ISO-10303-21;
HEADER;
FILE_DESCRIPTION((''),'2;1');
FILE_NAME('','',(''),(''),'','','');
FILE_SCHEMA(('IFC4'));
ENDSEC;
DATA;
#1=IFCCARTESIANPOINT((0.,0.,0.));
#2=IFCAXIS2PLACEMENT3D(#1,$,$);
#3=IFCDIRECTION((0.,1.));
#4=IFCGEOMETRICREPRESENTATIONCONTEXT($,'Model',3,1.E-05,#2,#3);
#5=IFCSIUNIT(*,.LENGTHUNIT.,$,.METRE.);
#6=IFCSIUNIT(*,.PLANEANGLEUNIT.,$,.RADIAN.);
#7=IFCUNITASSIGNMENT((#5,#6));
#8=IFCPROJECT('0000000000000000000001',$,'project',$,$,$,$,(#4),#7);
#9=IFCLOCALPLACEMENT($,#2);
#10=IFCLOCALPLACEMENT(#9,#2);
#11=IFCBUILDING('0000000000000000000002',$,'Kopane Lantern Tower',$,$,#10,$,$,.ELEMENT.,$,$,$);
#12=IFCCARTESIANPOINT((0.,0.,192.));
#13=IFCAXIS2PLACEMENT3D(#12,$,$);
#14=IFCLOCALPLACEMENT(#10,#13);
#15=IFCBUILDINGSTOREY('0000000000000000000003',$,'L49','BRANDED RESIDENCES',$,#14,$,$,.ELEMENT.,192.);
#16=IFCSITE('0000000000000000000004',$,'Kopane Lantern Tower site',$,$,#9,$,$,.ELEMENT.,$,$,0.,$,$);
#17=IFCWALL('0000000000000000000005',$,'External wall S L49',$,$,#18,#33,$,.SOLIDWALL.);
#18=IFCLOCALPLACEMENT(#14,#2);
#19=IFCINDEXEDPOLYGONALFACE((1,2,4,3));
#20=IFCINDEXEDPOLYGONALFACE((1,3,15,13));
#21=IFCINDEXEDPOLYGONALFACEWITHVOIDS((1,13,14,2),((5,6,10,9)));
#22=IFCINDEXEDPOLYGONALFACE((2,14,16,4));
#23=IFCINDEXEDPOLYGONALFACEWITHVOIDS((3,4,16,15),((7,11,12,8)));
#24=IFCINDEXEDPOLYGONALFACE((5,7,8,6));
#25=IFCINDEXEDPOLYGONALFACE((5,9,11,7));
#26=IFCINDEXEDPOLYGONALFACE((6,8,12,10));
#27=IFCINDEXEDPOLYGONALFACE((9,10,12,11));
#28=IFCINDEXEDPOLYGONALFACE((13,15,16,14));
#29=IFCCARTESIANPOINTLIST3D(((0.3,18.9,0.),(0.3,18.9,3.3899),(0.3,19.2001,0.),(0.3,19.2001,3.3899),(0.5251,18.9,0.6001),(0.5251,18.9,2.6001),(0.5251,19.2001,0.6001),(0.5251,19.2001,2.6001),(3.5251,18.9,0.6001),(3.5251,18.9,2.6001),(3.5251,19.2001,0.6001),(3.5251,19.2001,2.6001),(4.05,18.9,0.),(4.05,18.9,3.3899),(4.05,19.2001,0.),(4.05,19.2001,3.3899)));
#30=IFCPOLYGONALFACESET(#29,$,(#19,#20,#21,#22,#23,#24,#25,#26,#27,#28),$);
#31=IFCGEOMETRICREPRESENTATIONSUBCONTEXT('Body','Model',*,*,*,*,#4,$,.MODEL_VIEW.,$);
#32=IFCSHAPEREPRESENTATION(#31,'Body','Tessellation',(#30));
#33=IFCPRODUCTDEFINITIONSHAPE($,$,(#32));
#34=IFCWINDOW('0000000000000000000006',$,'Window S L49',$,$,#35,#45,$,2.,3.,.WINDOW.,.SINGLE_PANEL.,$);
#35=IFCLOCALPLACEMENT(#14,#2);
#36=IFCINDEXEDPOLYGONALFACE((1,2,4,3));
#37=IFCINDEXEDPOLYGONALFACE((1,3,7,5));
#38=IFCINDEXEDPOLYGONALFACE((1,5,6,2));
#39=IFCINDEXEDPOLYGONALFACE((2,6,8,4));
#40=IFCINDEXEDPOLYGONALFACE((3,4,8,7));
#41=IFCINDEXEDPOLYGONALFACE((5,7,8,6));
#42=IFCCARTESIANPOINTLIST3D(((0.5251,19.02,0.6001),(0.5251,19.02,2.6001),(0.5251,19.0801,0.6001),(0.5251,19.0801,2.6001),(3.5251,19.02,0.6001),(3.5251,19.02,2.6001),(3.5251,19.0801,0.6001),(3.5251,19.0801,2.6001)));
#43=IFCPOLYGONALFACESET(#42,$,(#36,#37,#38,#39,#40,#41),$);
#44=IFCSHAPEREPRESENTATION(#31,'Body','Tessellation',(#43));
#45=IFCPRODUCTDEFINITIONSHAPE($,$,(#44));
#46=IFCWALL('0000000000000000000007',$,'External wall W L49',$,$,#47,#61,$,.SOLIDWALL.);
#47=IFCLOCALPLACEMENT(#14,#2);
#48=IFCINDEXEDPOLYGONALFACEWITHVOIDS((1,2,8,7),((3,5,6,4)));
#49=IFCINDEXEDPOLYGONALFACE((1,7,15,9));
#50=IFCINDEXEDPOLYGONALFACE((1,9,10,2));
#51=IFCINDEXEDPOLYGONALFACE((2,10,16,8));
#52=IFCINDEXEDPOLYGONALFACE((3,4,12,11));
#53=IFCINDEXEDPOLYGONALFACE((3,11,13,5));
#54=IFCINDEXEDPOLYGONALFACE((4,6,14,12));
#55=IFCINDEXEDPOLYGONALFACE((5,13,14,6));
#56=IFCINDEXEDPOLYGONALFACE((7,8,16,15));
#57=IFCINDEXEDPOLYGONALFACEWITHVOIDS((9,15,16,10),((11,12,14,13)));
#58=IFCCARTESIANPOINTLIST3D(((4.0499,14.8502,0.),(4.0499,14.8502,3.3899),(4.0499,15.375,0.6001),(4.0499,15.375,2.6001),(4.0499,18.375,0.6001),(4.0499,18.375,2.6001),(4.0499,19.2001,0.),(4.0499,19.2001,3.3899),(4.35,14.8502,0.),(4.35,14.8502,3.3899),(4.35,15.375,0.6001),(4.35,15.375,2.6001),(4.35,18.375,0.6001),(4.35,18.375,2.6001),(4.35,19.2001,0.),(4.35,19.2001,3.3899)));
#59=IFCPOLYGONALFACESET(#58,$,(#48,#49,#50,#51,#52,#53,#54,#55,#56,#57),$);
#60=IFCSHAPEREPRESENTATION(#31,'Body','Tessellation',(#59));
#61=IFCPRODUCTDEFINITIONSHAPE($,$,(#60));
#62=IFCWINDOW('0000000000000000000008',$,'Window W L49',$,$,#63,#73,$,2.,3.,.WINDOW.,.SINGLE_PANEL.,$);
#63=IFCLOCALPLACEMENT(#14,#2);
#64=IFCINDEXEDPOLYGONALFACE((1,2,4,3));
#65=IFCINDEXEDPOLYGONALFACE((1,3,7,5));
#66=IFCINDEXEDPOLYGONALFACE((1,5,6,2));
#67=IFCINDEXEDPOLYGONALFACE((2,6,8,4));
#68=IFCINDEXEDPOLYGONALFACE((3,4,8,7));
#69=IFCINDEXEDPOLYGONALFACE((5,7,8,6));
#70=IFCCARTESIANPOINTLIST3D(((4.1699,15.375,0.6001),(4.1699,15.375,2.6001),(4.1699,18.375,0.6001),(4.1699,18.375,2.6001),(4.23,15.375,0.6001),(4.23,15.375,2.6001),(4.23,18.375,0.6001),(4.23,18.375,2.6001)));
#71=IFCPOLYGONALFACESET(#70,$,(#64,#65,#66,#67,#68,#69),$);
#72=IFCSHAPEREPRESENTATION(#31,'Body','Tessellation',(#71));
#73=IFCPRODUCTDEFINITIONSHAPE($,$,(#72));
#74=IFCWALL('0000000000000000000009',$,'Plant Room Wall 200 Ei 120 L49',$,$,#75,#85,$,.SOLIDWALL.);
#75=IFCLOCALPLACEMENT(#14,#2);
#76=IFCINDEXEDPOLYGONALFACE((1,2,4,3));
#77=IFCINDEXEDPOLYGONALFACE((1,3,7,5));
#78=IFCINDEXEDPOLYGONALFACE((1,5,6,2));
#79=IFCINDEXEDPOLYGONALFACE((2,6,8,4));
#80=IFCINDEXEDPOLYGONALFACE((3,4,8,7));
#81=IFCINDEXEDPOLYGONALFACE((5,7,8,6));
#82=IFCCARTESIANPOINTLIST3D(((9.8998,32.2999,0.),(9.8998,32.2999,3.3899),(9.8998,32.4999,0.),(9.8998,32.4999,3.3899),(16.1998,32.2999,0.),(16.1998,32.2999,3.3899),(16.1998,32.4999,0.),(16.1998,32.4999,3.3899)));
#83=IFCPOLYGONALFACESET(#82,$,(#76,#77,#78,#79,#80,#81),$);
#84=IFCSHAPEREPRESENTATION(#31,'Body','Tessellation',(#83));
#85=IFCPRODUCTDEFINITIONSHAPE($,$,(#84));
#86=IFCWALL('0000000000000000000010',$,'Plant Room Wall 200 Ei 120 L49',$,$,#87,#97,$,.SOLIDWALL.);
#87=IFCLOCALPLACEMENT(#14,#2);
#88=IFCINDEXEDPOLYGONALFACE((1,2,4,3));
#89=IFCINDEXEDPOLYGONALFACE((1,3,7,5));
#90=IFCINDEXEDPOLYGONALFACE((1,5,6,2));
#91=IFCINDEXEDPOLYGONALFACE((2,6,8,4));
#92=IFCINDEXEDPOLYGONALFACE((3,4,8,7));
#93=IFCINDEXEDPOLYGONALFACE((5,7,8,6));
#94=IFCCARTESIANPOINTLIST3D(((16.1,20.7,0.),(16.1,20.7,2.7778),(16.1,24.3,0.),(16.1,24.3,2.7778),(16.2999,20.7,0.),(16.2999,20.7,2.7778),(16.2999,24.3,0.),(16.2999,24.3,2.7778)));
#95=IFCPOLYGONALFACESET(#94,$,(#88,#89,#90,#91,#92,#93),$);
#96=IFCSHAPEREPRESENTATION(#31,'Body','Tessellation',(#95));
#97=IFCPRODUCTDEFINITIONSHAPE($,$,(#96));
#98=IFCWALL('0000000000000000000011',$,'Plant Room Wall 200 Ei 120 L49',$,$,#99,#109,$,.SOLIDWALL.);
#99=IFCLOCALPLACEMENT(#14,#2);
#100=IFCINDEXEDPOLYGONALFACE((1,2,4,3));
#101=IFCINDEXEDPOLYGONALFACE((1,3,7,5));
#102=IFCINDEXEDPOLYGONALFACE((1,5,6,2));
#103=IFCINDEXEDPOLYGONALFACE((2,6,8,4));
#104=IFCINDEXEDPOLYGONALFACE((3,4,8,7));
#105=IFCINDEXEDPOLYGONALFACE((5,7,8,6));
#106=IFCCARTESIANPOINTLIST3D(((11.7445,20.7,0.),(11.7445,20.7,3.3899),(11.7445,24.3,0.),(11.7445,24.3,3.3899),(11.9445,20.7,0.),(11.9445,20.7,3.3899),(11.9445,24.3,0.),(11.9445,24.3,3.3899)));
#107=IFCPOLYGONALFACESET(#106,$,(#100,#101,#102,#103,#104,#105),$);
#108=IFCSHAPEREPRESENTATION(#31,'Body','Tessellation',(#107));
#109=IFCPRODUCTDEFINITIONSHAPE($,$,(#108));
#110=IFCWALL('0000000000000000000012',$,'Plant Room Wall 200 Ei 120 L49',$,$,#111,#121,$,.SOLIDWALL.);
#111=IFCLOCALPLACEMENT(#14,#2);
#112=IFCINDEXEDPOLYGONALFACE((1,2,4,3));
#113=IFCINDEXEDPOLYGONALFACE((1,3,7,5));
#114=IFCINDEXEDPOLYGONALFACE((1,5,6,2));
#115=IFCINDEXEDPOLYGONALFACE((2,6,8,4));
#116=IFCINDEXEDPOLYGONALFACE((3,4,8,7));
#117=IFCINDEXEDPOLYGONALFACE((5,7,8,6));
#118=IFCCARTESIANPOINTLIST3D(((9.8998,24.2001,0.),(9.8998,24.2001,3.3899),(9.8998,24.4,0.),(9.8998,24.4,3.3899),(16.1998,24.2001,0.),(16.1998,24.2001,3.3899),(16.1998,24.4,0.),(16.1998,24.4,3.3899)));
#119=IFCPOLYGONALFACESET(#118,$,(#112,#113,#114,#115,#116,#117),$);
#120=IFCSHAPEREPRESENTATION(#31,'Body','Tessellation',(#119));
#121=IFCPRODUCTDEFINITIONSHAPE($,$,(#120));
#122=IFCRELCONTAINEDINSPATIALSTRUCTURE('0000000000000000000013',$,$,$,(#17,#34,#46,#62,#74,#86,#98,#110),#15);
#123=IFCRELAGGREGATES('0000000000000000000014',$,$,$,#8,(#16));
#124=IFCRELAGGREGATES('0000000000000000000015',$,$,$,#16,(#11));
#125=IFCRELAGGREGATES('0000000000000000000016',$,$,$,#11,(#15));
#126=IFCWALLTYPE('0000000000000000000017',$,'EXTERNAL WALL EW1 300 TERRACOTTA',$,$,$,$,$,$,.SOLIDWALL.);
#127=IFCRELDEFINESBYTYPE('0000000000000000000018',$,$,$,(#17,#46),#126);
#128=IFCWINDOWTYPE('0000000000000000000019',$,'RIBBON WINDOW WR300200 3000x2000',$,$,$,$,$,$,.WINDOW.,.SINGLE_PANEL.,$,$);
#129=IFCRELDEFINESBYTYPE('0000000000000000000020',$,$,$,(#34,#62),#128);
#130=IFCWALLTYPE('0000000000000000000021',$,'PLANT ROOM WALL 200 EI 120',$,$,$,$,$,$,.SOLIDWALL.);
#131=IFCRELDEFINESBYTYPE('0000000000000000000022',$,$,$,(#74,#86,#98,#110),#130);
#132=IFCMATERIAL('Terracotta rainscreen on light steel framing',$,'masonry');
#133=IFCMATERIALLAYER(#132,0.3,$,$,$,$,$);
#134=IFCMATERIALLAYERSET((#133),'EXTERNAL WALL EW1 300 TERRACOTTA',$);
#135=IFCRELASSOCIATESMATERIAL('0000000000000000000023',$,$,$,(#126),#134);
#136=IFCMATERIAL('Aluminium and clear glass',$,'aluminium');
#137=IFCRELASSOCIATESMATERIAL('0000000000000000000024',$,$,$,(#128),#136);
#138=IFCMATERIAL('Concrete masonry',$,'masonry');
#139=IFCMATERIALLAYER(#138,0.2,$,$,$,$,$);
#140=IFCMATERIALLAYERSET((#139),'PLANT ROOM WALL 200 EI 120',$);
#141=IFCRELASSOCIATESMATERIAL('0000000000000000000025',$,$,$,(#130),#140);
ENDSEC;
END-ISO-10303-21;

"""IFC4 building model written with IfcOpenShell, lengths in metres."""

from ifc_helpers import new_model, si_unit, direction, frame, frame_2d, origin, place, context, subcontext, project, spatial, rectangle, extrude, material, layer, layer_set, type_object, element, fill, save


model = new_model("IFC4")

# Units and contexts
model_context = context("Model", 3, precision=1e-05, world=origin(), true_north=direction((0.0, 1.0)))
body_context = subcontext(model_context, "Body", "Model", "MODEL_VIEW")
ifc_project = project(units=[si_unit("LENGTHUNIT", "METRE"), si_unit("PLANEANGLEUNIT", "RADIAN")], contexts=[model_context])

# Site, building, storey
site_placement = place(None, origin())
site = spatial("IfcSite", under=ifc_project, at=site_placement, Name="Kopane Lantern Tower site", CompositionType="ELEMENT", RefElevation=0.0)
building_placement = place(site_placement, origin())
building = spatial("IfcBuilding", under=site, at=building_placement, Name="Kopane Lantern Tower", CompositionType="ELEMENT")
storey_placement = place(building_placement, frame((0.0, 0.0, 192.0)))
storey = spatial("IfcBuildingStorey", under=building, at=storey_placement, Name="L49", Description="BRANDED RESIDENCES", CompositionType="ELEMENT", Elevation=192.0)

# Walls, openings, windows
ifc_material_1 = material(Name="Terracotta rainscreen on light steel framing", Category="masonry")
ifc_layer_1 = layer(ifc_material_1, 0.3)
ifc_layer_set_1 = layer_set([ifc_layer_1], Name="EXTERNAL WALL EW1 300 TERRACOTTA")
wall_type_1 = type_object("IfcWallType", Name="EXTERNAL WALL EW1 300 TERRACOTTA", PredefinedType="SOLIDWALL", material=ifc_layer_set_1)
wall_1_placement = place(storey_placement, frame((0.3, 19.05, 0.0), z_axis=(0.0, 0.0, 1.0), x_axis=(1.0, 0.0, 0.0)))
wall_1 = element("IfcWall", 1, at=wall_1_placement, inside=storey, type_object=wall_type_1, Name="External wall S L49", PredefinedType="SOLIDWALL", context=body_context, shape_type="SweptSolid", body=[
    extrude(rectangle(XDim=3.75, YDim=0.3, at=frame_2d((1.875, 0.0))), origin(), (0.0, 0.0, 1.0), 3.3899),
])
opening_1_placement = place(wall_1_placement, frame((0.2251, 0.0, 0.6001)))
opening_1 = element("IfcOpeningElement", 2, at=opening_1_placement, cuts=wall_1, PredefinedType="OPENING", context=body_context, shape_type="SweptSolid", body=[
    extrude(rectangle(XDim=3.0, YDim=2.0, at=frame_2d((1.5, 1.0))), frame((0.0, 0.1599, 0.0), z_axis=(0.0, -1.0, 0.0), x_axis=(1.0, 0.0, 0.0)), (0.0, 0.0, 1.0), 0.3201),
])
ifc_material_2 = material(Name="Aluminium and clear glass", Category="aluminium")
window_type = type_object("IfcWindowType", Name="RIBBON WINDOW WR300200 3000x2000", PartitioningType="SINGLE_PANEL", PredefinedType="WINDOW", material=ifc_material_2)
window_1_placement = place(opening_1_placement, origin())
window_1 = element("IfcWindow", 3, at=window_1_placement, inside=storey, type_object=window_type, Name="Window S L49", OverallHeight=2.0, OverallWidth=3.0, PartitioningType="SINGLE_PANEL", PredefinedType="WINDOW", context=body_context, shape_type="SweptSolid", body=[
    extrude(rectangle(XDim=3.0, YDim=2.0, at=frame_2d((1.5, 1.0))), frame((0.0, 0.03, 0.0), z_axis=(0.0, -1.0, 0.0), x_axis=(1.0, 0.0, 0.0)), (0.0, 0.0, 1.0), 0.0601),
])
fill(opening_1, window_1)
wall_2_placement = place(storey_placement, frame((4.2, 19.2, 0.0), z_axis=(0.0, 0.0, 1.0), x_axis=(0.0, -1.0, 0.0)))
wall_2 = element("IfcWall", 4, at=wall_2_placement, inside=storey, type_object=wall_type_1, Name="External wall W L49", PredefinedType="SOLIDWALL", context=body_context, shape_type="SweptSolid", body=[
    extrude(rectangle(XDim=4.3499, YDim=0.3, at=frame_2d((2.1748, 0.0))), origin(), (0.0, 0.0, 1.0), 3.3899),
])
opening_2_placement = place(wall_2_placement, frame((0.825, 0.0, 0.6001)))
opening_2 = element("IfcOpeningElement", 5, at=opening_2_placement, cuts=wall_2, PredefinedType="OPENING", context=body_context, shape_type="SweptSolid", body=[
    extrude(rectangle(XDim=3.0, YDim=2.0, at=frame_2d((1.5, 1.0))), frame((0.0, 0.1599, 0.0), z_axis=(0.0, -1.0, 0.0), x_axis=(1.0, 0.0, 0.0)), (0.0, 0.0, 1.0), 0.3201),
])
window_2_placement = place(opening_2_placement, origin())
window_2 = element("IfcWindow", 6, at=window_2_placement, inside=storey, type_object=window_type, Name="Window W L49", OverallHeight=2.0, OverallWidth=3.0, PartitioningType="SINGLE_PANEL", PredefinedType="WINDOW", context=body_context, shape_type="SweptSolid", body=[
    extrude(rectangle(XDim=3.0, YDim=2.0, at=frame_2d((1.5, 1.0))), frame((0.0, 0.03, 0.0), z_axis=(0.0, -1.0, 0.0), x_axis=(1.0, 0.0, 0.0)), (0.0, 0.0, 1.0), 0.0601),
])
fill(opening_2, window_2)

# Walls
ifc_material_3 = material(Name="Concrete masonry", Category="masonry")
ifc_layer_2 = layer(ifc_material_3, 0.2)
ifc_layer_set_2 = layer_set([ifc_layer_2], Name="PLANT ROOM WALL 200 EI 120")
wall_type_2 = type_object("IfcWallType", Name="PLANT ROOM WALL 200 EI 120", PredefinedType="SOLIDWALL", material=ifc_layer_set_2)
wall_3_placement = place(storey_placement, frame((9.8999, 32.3999, 0.0), z_axis=(0.0, 0.0, 1.0), x_axis=(1.0, 0.0, 0.0)))
element("IfcWall", 7, at=wall_3_placement, inside=storey, type_object=wall_type_2, Name="Plant Room Wall 200 Ei 120 L49", PredefinedType="SOLIDWALL", context=body_context, shape_type="SweptSolid", body=[
    extrude(rectangle(XDim=6.3, YDim=0.2, at=frame_2d((3.1499, 0.0))), origin(), (0.0, 0.0, 1.0), 3.3899),
])
wall_4_placement = place(storey_placement, frame((16.2, 20.7, 0.0), z_axis=(0.0, 0.0, 1.0), x_axis=(0.0, 1.0, 0.0)))
element("IfcWall", 8, at=wall_4_placement, inside=storey, type_object=wall_type_2, Name="Plant Room Wall 200 Ei 120 L49", PredefinedType="SOLIDWALL", context=body_context, shape_type="SweptSolid", body=[
    extrude(rectangle(XDim=3.6001, YDim=0.2, at=frame_2d((1.8, 0.0))), origin(), (0.0, 0.0, 1.0), 2.7778),
])
wall_5_placement = place(storey_placement, frame((11.8445, 20.7, 0.0), z_axis=(0.0, 0.0, 1.0), x_axis=(0.0, 1.0, 0.0)))
element("IfcWall", 9, at=wall_5_placement, inside=storey, type_object=wall_type_2, Name="Plant Room Wall 200 Ei 120 L49", PredefinedType="SOLIDWALL", context=body_context, shape_type="SweptSolid", body=[
    extrude(rectangle(XDim=3.6001, YDim=0.2, at=frame_2d((1.8, 0.0))), origin(), (0.0, 0.0, 1.0), 3.3899),
])
wall_6_placement = place(storey_placement, frame((9.8999, 24.3, 0.0), z_axis=(0.0, 0.0, 1.0), x_axis=(1.0, 0.0, 0.0)))
element("IfcWall", 10, at=wall_6_placement, inside=storey, type_object=wall_type_2, Name="Plant Room Wall 200 Ei 120 L49", PredefinedType="SOLIDWALL", context=body_context, shape_type="SweptSolid", body=[
    extrude(rectangle(XDim=6.3, YDim=0.2, at=frame_2d((3.1499, 0.0))), origin(), (0.0, 0.0, 1.0), 3.3899),
])

save(model, "model.ifc")
